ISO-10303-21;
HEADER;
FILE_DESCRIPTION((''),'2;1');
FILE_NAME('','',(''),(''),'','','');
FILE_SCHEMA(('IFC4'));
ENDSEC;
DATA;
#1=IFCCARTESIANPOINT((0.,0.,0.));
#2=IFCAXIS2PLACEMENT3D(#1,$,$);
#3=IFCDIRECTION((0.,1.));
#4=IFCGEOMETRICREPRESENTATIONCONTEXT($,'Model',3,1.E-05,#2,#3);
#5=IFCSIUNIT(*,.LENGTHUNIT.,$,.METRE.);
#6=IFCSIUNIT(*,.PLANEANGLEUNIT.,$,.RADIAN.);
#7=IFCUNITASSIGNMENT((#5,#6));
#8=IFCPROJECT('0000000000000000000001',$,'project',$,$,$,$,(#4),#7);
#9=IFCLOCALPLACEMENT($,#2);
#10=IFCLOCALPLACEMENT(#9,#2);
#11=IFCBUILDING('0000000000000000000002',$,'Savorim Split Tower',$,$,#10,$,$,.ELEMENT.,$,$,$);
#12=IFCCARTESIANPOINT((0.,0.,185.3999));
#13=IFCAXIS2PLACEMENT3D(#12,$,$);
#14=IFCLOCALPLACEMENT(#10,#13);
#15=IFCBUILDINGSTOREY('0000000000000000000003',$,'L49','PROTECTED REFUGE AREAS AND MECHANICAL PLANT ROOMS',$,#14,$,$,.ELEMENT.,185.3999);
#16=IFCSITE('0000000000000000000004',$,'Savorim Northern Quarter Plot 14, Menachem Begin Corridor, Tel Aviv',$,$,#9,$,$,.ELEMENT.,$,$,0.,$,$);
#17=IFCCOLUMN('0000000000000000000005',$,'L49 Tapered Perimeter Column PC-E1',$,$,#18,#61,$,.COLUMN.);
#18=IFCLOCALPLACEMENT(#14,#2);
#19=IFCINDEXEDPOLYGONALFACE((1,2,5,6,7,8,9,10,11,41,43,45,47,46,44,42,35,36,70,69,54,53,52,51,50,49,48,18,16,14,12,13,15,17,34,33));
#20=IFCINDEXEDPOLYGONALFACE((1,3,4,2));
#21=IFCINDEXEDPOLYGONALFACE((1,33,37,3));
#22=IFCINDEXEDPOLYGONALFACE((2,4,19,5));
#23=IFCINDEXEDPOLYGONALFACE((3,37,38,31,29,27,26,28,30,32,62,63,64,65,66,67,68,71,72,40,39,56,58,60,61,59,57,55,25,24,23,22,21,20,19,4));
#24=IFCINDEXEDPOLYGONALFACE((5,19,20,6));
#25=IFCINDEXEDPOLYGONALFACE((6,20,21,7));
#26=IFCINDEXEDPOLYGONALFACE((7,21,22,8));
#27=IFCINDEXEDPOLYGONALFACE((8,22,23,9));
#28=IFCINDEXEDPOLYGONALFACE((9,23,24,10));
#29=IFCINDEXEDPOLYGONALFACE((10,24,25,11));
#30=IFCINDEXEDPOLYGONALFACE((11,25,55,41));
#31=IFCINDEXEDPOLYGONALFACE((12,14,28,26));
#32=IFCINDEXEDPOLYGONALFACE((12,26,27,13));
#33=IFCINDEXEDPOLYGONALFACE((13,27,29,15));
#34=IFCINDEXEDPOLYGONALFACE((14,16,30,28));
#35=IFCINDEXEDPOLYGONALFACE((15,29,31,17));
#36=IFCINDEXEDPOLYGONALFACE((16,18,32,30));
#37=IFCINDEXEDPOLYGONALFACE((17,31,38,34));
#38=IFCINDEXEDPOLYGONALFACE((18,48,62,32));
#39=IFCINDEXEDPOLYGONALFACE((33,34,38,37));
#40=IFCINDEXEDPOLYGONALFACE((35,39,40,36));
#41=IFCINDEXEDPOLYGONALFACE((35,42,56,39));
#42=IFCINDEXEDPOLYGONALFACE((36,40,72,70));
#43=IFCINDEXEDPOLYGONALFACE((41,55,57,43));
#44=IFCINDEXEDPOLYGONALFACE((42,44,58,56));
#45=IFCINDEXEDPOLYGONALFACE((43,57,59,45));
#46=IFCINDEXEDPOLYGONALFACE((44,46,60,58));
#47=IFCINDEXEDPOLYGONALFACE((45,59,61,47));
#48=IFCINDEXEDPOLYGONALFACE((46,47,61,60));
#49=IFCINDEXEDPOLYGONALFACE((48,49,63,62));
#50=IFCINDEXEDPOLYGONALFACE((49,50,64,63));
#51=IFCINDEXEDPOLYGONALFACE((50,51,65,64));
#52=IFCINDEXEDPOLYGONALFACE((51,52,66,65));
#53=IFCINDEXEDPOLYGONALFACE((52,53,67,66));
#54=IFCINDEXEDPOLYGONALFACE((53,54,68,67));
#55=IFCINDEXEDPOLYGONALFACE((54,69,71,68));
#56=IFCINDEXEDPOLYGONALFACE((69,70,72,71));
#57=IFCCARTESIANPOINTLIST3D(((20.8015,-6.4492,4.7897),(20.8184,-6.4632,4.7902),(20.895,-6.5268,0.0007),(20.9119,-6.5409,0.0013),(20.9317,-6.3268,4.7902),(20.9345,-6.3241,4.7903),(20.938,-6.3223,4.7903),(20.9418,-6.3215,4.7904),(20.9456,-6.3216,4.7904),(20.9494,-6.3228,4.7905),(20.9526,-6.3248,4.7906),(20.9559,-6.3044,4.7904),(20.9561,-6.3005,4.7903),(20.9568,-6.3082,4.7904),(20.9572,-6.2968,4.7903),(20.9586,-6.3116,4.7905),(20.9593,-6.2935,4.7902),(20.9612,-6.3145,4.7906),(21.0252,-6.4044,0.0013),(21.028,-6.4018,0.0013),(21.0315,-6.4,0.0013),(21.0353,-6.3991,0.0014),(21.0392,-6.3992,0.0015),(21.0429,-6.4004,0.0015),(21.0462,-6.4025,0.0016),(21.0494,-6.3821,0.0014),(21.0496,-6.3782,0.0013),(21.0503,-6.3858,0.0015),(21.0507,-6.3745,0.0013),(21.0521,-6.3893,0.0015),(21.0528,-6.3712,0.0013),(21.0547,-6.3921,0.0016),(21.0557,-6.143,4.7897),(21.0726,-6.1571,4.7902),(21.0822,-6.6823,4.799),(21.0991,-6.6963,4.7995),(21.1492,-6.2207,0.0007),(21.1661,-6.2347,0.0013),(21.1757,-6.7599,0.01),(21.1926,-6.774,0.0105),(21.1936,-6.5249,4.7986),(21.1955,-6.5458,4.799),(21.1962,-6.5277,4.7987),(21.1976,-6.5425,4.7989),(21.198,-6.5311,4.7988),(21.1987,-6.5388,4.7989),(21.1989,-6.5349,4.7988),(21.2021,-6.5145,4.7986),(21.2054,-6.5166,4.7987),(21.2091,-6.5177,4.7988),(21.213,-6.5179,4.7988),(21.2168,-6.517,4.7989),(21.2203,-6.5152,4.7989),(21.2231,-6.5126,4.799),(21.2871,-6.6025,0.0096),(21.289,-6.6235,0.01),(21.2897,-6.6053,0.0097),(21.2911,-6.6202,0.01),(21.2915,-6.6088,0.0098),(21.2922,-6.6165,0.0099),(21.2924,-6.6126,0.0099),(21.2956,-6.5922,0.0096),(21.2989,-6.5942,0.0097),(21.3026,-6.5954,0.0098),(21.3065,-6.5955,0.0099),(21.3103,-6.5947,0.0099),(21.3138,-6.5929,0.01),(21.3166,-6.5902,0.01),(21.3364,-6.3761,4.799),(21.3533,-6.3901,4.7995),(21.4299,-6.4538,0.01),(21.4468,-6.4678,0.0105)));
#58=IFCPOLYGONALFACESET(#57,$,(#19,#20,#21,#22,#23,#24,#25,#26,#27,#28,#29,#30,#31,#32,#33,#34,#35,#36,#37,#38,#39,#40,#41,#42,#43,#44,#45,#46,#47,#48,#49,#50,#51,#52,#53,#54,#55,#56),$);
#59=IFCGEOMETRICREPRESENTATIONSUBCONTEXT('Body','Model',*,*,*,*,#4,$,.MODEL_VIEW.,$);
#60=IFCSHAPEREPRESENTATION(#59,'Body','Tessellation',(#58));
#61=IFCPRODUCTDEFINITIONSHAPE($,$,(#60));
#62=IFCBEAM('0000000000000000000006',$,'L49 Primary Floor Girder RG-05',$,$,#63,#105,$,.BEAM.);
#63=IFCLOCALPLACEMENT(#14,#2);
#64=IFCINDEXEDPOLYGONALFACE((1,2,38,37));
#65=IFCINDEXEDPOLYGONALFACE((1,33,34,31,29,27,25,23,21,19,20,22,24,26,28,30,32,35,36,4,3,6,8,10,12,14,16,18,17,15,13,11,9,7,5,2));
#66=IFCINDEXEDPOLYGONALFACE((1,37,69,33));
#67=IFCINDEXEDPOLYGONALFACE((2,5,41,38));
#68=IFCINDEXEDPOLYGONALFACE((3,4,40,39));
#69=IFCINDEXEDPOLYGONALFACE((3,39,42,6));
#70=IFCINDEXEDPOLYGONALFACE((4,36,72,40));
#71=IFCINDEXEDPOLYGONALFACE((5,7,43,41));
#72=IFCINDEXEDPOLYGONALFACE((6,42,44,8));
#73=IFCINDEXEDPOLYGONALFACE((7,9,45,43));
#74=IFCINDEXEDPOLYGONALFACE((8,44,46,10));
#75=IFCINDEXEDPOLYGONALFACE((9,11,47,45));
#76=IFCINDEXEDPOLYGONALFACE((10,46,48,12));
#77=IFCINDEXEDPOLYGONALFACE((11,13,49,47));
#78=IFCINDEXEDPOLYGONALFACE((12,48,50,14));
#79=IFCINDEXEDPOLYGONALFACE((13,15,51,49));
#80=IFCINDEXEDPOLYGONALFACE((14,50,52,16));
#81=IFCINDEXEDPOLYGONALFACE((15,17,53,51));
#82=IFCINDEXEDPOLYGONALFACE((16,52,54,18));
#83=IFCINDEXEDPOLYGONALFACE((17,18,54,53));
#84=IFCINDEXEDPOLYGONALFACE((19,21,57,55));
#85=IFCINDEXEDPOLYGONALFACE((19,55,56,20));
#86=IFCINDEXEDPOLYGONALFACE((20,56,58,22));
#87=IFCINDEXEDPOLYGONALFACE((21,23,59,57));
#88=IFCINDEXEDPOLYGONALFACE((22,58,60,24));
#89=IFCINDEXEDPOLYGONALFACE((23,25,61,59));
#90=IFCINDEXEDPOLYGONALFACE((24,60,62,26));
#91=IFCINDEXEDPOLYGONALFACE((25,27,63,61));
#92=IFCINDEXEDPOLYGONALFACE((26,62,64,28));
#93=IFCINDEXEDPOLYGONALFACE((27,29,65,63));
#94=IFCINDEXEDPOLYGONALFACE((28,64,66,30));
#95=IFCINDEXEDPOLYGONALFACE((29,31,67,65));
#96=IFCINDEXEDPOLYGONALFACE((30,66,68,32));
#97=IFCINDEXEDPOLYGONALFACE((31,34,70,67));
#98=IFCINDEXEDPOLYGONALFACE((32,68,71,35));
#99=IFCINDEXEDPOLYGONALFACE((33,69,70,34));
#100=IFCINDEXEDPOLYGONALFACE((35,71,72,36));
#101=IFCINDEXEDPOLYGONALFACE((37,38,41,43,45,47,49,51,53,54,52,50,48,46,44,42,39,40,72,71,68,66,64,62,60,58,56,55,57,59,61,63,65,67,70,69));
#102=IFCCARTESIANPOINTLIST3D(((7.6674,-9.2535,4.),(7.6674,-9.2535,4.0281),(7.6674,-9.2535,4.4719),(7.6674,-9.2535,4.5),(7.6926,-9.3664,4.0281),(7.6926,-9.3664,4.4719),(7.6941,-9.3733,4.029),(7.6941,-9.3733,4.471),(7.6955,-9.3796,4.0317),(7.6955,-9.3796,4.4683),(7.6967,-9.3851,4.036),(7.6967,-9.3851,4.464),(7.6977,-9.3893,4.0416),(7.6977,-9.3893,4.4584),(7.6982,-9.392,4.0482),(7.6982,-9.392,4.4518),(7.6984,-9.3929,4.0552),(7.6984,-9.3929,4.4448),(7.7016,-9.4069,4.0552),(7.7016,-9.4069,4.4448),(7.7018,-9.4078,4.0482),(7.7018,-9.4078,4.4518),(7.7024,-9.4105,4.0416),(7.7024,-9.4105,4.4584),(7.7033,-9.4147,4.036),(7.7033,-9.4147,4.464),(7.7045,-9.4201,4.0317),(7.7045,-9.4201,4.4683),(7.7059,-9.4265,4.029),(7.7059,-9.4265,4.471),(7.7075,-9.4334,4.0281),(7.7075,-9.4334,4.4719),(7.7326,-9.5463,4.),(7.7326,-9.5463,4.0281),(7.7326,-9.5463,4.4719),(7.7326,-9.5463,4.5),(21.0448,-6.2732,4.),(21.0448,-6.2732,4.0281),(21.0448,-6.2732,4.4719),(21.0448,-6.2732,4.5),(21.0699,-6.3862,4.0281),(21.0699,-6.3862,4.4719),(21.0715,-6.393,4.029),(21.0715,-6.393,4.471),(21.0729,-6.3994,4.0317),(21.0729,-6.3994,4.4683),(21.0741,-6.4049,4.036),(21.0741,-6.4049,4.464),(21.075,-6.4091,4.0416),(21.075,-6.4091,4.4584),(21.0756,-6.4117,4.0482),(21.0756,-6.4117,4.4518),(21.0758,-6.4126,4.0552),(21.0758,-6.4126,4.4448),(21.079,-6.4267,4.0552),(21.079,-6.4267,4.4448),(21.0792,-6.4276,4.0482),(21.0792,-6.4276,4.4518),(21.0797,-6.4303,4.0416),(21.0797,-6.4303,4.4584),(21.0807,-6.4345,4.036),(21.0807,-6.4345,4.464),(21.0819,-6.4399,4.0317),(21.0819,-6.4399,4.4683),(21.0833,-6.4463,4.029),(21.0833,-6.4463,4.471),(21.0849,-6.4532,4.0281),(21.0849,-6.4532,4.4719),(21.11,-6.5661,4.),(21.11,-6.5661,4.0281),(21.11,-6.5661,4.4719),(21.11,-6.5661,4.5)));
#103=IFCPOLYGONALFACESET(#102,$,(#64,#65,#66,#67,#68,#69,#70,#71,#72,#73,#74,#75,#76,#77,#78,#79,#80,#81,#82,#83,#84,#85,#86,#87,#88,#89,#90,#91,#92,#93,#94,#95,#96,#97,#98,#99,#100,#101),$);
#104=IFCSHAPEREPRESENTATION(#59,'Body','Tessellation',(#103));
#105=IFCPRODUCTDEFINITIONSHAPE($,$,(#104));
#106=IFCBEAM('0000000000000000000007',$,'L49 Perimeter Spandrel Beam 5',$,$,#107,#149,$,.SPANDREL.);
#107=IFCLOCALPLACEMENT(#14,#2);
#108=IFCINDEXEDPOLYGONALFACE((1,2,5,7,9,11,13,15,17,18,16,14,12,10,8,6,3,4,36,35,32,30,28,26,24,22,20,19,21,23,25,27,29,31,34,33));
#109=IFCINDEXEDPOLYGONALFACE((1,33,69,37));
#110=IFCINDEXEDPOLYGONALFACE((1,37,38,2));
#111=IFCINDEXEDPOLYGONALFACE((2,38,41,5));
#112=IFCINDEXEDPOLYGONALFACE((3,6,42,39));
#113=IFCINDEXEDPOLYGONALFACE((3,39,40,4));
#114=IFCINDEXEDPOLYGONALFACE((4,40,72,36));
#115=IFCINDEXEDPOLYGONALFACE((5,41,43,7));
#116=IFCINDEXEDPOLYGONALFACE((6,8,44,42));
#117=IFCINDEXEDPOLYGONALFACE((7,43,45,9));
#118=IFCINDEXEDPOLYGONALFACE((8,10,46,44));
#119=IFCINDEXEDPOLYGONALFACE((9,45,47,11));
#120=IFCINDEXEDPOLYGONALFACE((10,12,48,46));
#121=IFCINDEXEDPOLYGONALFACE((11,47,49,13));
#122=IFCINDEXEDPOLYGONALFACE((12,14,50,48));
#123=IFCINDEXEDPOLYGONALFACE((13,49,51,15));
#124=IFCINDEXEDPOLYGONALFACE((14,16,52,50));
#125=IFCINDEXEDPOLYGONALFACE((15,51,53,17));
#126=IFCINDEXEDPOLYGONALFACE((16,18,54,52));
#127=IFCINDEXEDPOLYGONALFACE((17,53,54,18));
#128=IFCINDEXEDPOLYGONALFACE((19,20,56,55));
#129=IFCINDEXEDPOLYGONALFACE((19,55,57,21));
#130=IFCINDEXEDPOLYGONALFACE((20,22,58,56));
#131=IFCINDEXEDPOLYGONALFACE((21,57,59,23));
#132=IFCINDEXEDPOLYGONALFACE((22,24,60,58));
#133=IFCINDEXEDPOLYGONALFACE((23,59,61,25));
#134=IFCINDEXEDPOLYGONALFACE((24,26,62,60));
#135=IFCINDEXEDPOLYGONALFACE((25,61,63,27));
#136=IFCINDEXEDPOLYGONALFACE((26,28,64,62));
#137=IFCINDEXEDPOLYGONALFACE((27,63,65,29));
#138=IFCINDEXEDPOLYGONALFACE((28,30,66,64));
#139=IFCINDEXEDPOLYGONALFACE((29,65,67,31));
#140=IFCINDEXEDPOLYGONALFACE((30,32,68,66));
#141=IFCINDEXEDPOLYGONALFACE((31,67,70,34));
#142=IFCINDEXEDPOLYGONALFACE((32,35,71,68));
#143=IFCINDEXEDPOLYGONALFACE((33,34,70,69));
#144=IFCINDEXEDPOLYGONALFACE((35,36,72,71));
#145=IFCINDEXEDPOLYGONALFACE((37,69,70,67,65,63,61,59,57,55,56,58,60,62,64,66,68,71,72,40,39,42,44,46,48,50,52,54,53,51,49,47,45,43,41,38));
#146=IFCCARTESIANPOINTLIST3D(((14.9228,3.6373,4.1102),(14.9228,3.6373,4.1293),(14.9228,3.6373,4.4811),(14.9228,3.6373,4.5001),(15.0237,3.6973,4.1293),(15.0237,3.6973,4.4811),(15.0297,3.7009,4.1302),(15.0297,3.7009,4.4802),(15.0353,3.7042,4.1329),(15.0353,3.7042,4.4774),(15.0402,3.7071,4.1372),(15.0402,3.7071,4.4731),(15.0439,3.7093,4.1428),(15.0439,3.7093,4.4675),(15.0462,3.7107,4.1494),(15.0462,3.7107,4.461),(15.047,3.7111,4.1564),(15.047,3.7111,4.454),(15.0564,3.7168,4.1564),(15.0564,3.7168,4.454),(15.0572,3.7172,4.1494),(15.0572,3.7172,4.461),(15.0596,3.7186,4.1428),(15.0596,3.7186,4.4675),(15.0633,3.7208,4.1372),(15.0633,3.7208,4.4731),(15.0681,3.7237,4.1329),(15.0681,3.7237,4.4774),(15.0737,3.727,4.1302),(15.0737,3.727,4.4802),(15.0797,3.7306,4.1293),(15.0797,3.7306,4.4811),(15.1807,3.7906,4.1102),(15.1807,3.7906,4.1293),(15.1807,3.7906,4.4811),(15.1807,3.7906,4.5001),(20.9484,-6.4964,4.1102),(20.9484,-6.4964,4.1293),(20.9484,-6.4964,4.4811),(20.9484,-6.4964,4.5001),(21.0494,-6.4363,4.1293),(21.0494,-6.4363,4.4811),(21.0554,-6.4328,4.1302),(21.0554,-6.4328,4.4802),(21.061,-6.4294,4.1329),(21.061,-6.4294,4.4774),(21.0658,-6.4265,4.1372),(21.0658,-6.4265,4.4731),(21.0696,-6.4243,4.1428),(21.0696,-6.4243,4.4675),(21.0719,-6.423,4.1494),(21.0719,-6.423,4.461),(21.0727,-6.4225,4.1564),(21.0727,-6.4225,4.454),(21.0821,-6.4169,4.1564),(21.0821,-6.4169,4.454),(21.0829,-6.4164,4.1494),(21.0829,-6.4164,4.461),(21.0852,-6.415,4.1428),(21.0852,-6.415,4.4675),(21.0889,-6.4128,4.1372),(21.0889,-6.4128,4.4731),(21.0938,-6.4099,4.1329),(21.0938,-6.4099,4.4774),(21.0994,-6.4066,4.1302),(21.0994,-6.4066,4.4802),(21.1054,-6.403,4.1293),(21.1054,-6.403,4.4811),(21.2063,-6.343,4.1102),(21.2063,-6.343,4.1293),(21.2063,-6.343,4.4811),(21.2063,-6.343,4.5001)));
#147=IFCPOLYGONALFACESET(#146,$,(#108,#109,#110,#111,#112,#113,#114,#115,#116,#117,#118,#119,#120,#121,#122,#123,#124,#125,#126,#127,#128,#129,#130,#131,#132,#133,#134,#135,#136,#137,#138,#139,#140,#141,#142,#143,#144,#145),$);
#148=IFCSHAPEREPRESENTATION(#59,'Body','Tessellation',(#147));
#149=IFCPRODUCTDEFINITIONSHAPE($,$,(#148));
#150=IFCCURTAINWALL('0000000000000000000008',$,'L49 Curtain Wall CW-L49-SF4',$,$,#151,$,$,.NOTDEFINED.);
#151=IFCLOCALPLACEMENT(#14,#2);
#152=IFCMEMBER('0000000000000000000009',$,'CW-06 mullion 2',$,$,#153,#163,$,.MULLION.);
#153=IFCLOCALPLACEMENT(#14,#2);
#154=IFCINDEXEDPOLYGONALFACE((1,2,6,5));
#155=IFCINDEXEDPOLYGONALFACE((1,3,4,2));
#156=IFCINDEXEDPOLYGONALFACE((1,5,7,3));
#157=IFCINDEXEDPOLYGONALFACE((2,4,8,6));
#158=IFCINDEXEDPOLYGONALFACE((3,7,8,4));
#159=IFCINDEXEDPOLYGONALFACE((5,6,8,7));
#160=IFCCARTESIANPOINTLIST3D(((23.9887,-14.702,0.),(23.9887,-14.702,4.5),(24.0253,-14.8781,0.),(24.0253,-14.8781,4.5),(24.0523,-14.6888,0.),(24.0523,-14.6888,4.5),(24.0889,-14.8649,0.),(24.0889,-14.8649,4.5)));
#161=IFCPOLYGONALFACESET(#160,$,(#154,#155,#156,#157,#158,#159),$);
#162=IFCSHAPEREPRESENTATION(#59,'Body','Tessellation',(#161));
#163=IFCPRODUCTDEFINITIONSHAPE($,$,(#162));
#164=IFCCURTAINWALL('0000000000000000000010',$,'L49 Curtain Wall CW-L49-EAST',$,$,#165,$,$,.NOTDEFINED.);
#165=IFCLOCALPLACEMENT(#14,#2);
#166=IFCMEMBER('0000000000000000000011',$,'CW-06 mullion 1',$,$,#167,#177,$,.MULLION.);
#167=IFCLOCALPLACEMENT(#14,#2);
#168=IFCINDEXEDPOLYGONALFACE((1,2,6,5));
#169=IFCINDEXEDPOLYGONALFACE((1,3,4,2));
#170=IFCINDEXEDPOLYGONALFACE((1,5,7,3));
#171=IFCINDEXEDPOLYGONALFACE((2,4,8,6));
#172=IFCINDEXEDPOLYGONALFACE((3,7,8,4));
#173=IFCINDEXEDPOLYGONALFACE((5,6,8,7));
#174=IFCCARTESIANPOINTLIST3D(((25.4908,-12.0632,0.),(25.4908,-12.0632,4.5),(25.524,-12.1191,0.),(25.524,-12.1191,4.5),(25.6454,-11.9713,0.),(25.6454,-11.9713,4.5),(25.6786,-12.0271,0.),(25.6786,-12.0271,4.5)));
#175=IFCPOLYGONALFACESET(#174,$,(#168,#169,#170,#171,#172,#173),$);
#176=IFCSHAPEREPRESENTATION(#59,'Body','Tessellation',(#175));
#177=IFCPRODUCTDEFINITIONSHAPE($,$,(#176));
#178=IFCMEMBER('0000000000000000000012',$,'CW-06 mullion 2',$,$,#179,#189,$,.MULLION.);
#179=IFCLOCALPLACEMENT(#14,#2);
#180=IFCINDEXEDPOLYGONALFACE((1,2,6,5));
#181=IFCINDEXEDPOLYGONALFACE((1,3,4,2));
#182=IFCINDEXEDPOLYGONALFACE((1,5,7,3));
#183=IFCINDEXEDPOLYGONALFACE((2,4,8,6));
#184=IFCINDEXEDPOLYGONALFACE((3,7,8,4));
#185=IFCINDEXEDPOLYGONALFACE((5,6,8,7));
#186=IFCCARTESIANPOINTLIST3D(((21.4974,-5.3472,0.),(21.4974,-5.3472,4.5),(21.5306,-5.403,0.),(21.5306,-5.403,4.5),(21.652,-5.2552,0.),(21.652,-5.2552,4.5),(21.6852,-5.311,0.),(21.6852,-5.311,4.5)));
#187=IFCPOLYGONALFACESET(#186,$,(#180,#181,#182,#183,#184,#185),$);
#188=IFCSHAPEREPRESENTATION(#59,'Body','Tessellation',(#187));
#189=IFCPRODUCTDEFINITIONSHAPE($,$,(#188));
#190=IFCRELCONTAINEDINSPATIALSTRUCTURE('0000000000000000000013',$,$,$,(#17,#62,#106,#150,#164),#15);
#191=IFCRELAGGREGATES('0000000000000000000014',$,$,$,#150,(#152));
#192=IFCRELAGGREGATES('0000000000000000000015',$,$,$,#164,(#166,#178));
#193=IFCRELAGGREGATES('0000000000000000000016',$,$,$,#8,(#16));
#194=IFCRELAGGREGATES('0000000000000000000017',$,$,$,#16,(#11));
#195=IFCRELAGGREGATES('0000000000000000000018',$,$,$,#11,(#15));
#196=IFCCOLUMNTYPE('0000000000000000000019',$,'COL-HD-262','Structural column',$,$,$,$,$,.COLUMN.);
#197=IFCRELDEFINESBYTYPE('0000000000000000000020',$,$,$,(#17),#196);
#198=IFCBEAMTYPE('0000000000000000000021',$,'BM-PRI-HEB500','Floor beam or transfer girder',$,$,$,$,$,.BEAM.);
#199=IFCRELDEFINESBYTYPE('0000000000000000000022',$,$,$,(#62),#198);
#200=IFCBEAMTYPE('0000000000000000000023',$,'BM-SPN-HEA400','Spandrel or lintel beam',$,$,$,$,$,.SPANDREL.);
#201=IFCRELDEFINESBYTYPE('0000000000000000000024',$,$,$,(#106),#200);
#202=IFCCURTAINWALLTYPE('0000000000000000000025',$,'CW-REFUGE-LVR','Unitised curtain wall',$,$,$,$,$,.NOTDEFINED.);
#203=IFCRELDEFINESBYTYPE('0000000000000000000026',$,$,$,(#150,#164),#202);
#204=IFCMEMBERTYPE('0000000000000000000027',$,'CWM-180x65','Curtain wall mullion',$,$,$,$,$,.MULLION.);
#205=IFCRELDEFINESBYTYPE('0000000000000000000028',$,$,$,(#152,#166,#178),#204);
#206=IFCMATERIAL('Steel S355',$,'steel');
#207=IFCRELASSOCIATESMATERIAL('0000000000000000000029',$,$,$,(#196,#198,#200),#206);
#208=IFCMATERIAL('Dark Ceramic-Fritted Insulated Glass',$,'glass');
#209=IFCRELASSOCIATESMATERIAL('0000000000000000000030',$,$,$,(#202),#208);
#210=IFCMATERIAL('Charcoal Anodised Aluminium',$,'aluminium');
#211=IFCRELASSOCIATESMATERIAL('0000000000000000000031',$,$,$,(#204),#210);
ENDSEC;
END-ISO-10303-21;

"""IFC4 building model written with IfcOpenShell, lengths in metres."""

from ifc_helpers import new_model, si_unit, direction, frame, origin, origin_2d, place, context, subcontext, project, spatial, rectangle, i_section, extrude, material, material_profile, profile_set, type_object, element, aggregate, save


model = new_model("IFC4")

# Units and contexts
model_context = context("Model", 3, precision=1e-05, world=origin(), true_north=direction((0.0, 1.0)))
body_context = subcontext(model_context, "Body", "Model", "MODEL_VIEW")
ifc_project = project(units=[si_unit("LENGTHUNIT", "METRE"), si_unit("PLANEANGLEUNIT", "RADIAN")], contexts=[model_context])

# Site, building, storey
site_placement = place(None, origin())
site = spatial("IfcSite", under=ifc_project, at=site_placement, Name="Savorim Northern Quarter Plot 14, Menachem Begin Corridor, Tel Aviv", CompositionType="ELEMENT", RefElevation=0.0)
building_placement = place(site_placement, origin())
building = spatial("IfcBuilding", under=site, at=building_placement, Name="Savorim Split Tower", CompositionType="ELEMENT")
storey_placement = place(building_placement, frame((0.0, 0.0, 185.3999)))
storey = spatial("IfcBuildingStorey", under=building, at=storey_placement, Name="L49", Description="PROTECTED REFUGE AREAS AND MECHANICAL PLANT ROOMS", CompositionType="ELEMENT", Elevation=185.3999)

# Column
ifc_material_1 = material(Name="Steel S355", Category="steel")
ifc_material_profile_1 = material_profile(ifc_material_1, i_section(OverallWidth=0.3979, OverallDepth=0.387, WebThickness=0.0134, FlangeThickness=0.022, FilletRadius=0.0149, at=origin_2d()), Name="HD 400x262")
ifc_profile_set_1 = profile_set([ifc_material_profile_1], Name="Steel S355")
column_type = type_object("IfcColumnType", Name="COL-HD-262", Description="Structural column", PredefinedType="COLUMN", material=ifc_profile_set_1)
column_placement = place(storey_placement, frame((21.1709, -6.4973, 0.0056), z_axis=(-0.019519, 0.016206, 0.999678), x_axis=(-0.6388, -0.769373, 0.0)))
element("IfcColumn", 1, at=column_placement, inside=storey, type_object=column_type, Name="L49 Tapered Perimeter Column PC-E1", PredefinedType="COLUMN", context=body_context, shape_type="SweptSolid", body=[
    extrude(i_section(OverallWidth=0.3979, OverallDepth=0.387, WebThickness=0.0134, FlangeThickness=0.022, FilletRadius=0.0149, at=origin_2d()), origin(), (0.0, 0.0, 1.0), 4.7905),
])

# Beams
ifc_material_profile_2 = material_profile(ifc_material_1, i_section(OverallWidth=0.3, OverallDepth=0.5, WebThickness=0.0144, FlangeThickness=0.0281, FilletRadius=0.0271, at=origin_2d()), Name="HEB 500")
ifc_profile_set_2 = profile_set([ifc_material_profile_2], Name="Steel S355")
beam_type_1 = type_object("IfcBeamType", Name="BM-PRI-HEB500", Description="Floor beam or transfer girder", PredefinedType="BEAM", material=ifc_profile_set_2)
beam_1_placement = place(storey_placement, frame((21.0774, -6.4197, 4.25), z_axis=(-0.976072, -0.217449, 0.0), x_axis=(0.217449, -0.976072, 0.0)))
element("IfcBeam", 2, at=beam_1_placement, inside=storey, type_object=beam_type_1, Name="L49 Primary Floor Girder RG-05", PredefinedType="BEAM", context=body_context, shape_type="SweptSolid", body=[
    extrude(i_section(OverallWidth=0.3, OverallDepth=0.5, WebThickness=0.0144, FlangeThickness=0.0281, FilletRadius=0.0271, at=origin_2d()), origin(), (0.0, 0.0, 1.0), 13.7053),
])
ifc_material_profile_3 = material_profile(ifc_material_1, i_section(OverallWidth=0.3, OverallDepth=0.3899, WebThickness=0.011, FlangeThickness=0.019, FilletRadius=0.0271, at=origin_2d()), Name="HEA 400")
ifc_profile_set_3 = profile_set([ifc_material_profile_3], Name="Steel S355")
beam_type_2 = type_object("IfcBeamType", Name="BM-SPN-HEA400", Description="Spandrel or lintel beam", PredefinedType="SPANDREL", material=ifc_profile_set_3)
beam_2_placement = place(storey_placement, frame((21.0774, -6.4197, 4.3052), z_axis=(-0.511093, 0.859525, 0.0), x_axis=(-0.859525, -0.511093, 0.0)))
element("IfcBeam", 3, at=beam_2_placement, inside=storey, type_object=beam_type_2, Name="L49 Perimeter Spandrel Beam 5", PredefinedType="SPANDREL", context=body_context, shape_type="SweptSolid", body=[
    extrude(i_section(OverallWidth=0.3, OverallDepth=0.3899, WebThickness=0.011, FlangeThickness=0.019, FilletRadius=0.0271, at=origin_2d()), origin(), (0.0, 0.0, 1.0), 11.7898),
])

# Curtain wall, member
ifc_material_2 = material(Name="Dark Ceramic-Fritted Insulated Glass", Category="glass")
curtain_wall_type = type_object("IfcCurtainWallType", Name="CW-REFUGE-LVR", Description="Unitised curtain wall", PredefinedType="NOTDEFINED", material=ifc_material_2)
curtain_wall_1_placement = place(storey_placement, origin())
curtain_wall_1 = element("IfcCurtainWall", 4, at=curtain_wall_1_placement, inside=storey, type_object=curtain_wall_type, Name="L49 Curtain Wall CW-L49-SF4", PredefinedType="NOTDEFINED")
ifc_material_3 = material(Name="Charcoal Anodised Aluminium", Category="aluminium")
ifc_material_profile_4 = material_profile(ifc_material_3, rectangle(XDim=0.1799, YDim=0.0649, at=origin_2d()), Name="ALU-M 180x65")
ifc_profile_set_4 = profile_set([ifc_material_profile_4], Name="Charcoal Anodised Aluminium")
member_type_1 = type_object("IfcMemberType", Name="CWM-180x65", Description="Curtain wall mullion", PredefinedType="MULLION", material=ifc_profile_set_4)
member_1_placement = place(storey_placement, frame((24.0388, -14.7834, 0.0), z_axis=(0.0, 0.0, 1.0), x_axis=(-0.203208, 0.979136, 0.0)))
member_1 = element("IfcMember", 5, at=member_1_placement, type_object=member_type_1, Name="CW-06 mullion 2", PredefinedType="MULLION", context=body_context, shape_type="SweptSolid", body=[
    extrude(rectangle(XDim=0.1799, YDim=0.0649, at=origin_2d()), origin(), (0.0, 0.0, 1.0), 4.5),
])
aggregate(curtain_wall_1, [member_1])

# Curtain wall, members
curtain_wall_2_placement = place(storey_placement, origin())
curtain_wall_2 = element("IfcCurtainWall", 6, at=curtain_wall_2_placement, inside=storey, type_object=curtain_wall_type, Name="L49 Curtain Wall CW-L49-EAST", PredefinedType="NOTDEFINED")
member_2_placement = place(storey_placement, frame((25.5847, -12.0452, 0.0), z_axis=(0.0, 0.0, 1.0), x_axis=(-0.859526, -0.511092, 0.0)))
member_2 = element("IfcMember", 7, at=member_2_placement, type_object=member_type_1, Name="CW-06 mullion 1", PredefinedType="MULLION", context=body_context, shape_type="SweptSolid", body=[
    extrude(rectangle(XDim=0.1799, YDim=0.0649, at=origin_2d()), origin(), (0.0, 0.0, 1.0), 4.5),
])
member_3_placement = place(storey_placement, frame((21.5913, -5.3291, 0.0), z_axis=(0.0, 0.0, 1.0), x_axis=(-0.859526, -0.511092, 0.0)))
member_3 = element("IfcMember", 8, at=member_3_placement, type_object=member_type_1, Name="CW-06 mullion 2", PredefinedType="MULLION", context=body_context, shape_type="SweptSolid", body=[
    extrude(rectangle(XDim=0.1799, YDim=0.0649, at=origin_2d()), origin(), (0.0, 0.0, 1.0), 4.5),
])

aggregate(curtain_wall_2, [member_2, member_3])

save(model, "model.ifc")
